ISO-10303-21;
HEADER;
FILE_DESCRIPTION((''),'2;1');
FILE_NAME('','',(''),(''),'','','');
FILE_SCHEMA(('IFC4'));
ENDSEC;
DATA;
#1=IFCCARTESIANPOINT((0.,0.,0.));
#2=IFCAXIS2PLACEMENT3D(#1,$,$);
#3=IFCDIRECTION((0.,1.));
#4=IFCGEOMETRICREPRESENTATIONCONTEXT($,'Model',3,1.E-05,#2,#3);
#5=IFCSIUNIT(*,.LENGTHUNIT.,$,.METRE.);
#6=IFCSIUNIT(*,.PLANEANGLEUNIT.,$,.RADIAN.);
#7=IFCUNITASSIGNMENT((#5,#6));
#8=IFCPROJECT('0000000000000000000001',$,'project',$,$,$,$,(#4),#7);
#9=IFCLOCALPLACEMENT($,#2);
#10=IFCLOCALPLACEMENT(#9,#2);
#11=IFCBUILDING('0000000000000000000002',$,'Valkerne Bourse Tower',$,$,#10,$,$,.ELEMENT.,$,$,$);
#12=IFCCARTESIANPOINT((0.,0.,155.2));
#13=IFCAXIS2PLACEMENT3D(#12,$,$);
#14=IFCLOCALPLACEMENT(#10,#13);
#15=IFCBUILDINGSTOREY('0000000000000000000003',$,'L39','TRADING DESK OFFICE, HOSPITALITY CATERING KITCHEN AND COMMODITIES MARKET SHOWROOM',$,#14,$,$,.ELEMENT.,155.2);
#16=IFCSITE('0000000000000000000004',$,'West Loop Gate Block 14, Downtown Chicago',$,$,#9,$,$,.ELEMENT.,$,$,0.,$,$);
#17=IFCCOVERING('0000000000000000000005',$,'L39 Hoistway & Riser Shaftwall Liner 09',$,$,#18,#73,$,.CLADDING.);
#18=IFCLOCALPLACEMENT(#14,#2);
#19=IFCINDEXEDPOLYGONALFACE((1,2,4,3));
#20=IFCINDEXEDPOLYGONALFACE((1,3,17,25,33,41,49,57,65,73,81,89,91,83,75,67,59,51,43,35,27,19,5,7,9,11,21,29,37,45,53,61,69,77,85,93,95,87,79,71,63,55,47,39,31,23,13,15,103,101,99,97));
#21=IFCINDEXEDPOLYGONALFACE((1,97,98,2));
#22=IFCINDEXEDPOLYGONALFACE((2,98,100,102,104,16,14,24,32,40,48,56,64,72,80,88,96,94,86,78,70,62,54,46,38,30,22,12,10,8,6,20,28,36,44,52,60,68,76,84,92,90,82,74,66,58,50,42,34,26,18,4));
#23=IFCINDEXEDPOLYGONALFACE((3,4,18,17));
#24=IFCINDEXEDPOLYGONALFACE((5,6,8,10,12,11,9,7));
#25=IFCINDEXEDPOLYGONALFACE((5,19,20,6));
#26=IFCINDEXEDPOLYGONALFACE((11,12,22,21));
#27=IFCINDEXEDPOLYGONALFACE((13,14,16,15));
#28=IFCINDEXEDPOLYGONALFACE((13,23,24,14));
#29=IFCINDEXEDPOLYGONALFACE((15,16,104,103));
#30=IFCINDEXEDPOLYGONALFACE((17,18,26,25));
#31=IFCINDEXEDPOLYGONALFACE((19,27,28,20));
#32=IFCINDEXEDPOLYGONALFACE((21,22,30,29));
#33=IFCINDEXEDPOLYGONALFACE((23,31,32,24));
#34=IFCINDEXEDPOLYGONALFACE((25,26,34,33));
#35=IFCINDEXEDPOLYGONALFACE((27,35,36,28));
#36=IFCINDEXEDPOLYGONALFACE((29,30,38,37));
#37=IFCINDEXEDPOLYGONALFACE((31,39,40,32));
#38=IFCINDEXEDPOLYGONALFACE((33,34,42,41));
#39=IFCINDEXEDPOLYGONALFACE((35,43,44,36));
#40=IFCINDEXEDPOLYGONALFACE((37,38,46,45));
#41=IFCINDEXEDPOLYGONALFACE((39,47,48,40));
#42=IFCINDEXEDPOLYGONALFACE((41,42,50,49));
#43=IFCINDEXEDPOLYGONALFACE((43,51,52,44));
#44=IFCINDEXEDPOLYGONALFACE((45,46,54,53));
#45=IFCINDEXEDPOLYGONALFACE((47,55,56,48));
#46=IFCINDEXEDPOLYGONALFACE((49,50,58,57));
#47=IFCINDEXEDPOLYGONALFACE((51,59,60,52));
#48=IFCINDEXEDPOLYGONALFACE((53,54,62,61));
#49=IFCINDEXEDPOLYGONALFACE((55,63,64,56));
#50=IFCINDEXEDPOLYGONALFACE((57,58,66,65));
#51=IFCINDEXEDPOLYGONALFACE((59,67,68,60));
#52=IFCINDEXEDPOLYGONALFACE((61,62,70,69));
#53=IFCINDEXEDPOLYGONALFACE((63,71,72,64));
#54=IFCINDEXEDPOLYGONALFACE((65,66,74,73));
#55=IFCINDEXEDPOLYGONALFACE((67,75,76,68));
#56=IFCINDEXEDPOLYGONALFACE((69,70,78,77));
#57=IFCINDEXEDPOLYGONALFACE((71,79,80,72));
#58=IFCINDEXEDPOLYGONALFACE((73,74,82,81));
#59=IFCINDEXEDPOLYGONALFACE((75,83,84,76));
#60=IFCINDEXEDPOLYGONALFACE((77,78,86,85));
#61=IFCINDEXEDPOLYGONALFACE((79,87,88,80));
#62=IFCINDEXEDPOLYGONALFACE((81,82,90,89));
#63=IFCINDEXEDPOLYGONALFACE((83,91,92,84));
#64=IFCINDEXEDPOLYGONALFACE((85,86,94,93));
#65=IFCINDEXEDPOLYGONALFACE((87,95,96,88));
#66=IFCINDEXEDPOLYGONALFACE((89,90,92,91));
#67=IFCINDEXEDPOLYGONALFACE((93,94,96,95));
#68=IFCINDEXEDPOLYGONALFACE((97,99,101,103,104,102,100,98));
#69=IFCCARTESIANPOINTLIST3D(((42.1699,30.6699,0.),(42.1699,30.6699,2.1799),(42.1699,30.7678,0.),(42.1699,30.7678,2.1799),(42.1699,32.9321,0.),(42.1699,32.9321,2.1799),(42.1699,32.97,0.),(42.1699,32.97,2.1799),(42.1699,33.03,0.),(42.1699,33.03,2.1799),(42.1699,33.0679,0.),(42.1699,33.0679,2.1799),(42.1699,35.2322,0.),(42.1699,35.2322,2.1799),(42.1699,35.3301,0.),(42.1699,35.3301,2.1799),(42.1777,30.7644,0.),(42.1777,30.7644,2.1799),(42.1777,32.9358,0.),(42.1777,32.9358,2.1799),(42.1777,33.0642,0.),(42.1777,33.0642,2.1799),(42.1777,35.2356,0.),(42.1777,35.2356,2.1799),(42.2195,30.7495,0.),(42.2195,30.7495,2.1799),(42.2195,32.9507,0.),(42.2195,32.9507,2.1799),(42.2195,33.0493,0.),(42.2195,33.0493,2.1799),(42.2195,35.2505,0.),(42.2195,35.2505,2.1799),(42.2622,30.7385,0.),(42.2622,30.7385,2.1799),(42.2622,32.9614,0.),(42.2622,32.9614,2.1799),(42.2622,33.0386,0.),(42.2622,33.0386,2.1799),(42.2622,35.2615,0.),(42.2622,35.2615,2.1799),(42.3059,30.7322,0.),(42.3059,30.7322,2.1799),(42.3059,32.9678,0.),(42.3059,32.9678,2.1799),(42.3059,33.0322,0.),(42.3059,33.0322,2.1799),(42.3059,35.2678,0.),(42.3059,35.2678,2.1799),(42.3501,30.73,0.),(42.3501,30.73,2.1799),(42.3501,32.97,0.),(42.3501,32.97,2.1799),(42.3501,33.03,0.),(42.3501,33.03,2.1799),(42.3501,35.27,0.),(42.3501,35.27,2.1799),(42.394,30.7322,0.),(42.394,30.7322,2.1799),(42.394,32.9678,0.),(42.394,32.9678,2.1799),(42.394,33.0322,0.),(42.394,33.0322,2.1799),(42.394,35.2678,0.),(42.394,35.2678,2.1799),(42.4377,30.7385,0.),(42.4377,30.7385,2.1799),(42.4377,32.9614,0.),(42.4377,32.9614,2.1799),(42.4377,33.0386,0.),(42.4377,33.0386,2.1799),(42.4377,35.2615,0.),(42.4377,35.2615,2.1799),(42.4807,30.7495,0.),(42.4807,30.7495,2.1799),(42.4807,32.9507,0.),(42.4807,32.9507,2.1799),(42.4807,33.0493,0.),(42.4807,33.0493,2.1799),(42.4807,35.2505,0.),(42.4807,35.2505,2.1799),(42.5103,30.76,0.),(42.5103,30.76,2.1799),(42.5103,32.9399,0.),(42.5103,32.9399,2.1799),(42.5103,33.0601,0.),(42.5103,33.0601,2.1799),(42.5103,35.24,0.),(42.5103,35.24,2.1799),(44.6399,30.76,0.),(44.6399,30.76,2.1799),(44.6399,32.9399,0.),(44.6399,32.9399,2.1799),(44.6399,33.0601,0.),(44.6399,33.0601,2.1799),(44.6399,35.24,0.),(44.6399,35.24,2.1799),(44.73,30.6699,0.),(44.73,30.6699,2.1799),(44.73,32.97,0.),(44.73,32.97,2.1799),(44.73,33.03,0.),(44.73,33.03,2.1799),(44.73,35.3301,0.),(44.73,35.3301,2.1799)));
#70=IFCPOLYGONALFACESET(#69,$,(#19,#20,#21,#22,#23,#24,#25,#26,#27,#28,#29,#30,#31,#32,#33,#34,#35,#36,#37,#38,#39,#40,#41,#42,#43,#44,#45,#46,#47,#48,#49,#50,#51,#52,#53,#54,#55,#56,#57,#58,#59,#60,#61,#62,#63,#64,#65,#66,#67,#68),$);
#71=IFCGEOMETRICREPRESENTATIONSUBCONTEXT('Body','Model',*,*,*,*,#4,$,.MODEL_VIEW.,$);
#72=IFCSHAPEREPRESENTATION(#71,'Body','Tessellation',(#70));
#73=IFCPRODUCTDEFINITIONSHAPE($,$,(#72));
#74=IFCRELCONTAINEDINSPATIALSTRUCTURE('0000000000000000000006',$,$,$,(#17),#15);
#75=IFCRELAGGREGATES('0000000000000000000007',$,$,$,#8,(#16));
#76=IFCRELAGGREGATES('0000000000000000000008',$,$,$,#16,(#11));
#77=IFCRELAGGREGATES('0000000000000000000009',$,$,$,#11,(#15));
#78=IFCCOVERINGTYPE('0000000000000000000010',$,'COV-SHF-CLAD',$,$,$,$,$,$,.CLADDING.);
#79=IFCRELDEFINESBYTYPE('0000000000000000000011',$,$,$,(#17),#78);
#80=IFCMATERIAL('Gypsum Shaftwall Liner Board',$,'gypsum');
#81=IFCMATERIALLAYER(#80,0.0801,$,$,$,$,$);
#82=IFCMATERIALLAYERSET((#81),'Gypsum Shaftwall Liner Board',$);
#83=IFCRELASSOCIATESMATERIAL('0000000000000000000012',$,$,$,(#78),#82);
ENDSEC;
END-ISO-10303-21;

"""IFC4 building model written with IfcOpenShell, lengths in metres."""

from ifc_helpers import new_model, si_unit, direction, frame, origin, place, context, subcontext, project, spatial, polyline, outline, extrude, material, layer, layer_set, type_object, element, save


model = new_model("IFC4")

# Units and contexts
model_context = context("Model", 3, precision=1e-05, world=origin(), true_north=direction((0.0, 1.0)))
body_context = subcontext(model_context, "Body", "Model", "MODEL_VIEW")
ifc_project = project(units=[si_unit("LENGTHUNIT", "METRE"), si_unit("PLANEANGLEUNIT", "RADIAN")], contexts=[model_context])

# Site, building, storey
site_placement = place(None, origin())
site = spatial("IfcSite", under=ifc_project, at=site_placement, Name="West Loop Gate Block 14, Downtown Chicago", CompositionType="ELEMENT", RefElevation=0.0)
building_placement = place(site_placement, origin())
building = spatial("IfcBuilding", under=site, at=building_placement, Name="Valkerne Bourse Tower", CompositionType="ELEMENT")
storey_placement = place(building_placement, frame((0.0, 0.0, 155.2)))
storey = spatial("IfcBuildingStorey", under=building, at=storey_placement, Name="L39", Description="TRADING DESK OFFICE, HOSPITALITY CATERING KITCHEN AND COMMODITIES MARKET SHOWROOM", CompositionType="ELEMENT", Elevation=155.2)

# Covering
ifc_material_1 = material(Name="Gypsum Shaftwall Liner Board", Category="gypsum")
ifc_layer_1 = layer(ifc_material_1, 0.0801)
ifc_layer_set_1 = layer_set([ifc_layer_1], Name="Gypsum Shaftwall Liner Board")
covering_type_1 = type_object("IfcCoveringType", Name="COV-SHF-CLAD", PredefinedType="CLADDING", material=ifc_layer_set_1)
covering_1_placement = place(storey_placement, origin())
element("IfcCovering", 1, at=covering_1_placement, inside=storey, type_object=covering_type_1, Name="L39 Hoistway & Riser Shaftwall Liner 09", PredefinedType="CLADDING", context=body_context, shape_type="SweptSolid", body=[
    extrude(outline(polyline([(42.1699, 33.0679), (42.1777, 33.0642), (42.2195, 33.0493), (42.2622, 33.0386), (42.3059, 33.0322), (42.3501, 33.03), (42.394, 33.0322), (42.4377, 33.0386), (42.4807, 33.0493), (42.5103, 33.0601), (44.6399, 33.0601), (44.6399, 35.24), (42.5103, 35.24), (42.4807, 35.2505), (42.4377, 35.2615), (42.394, 35.2678), (42.3501, 35.27), (42.3059, 35.2678), (42.2622, 35.2615), (42.2195, 35.2505), (42.1777, 35.2356), (42.1699, 35.2322), (42.1699, 35.3301), (44.73, 35.3301), (44.73, 33.03), (44.73, 32.97), (44.73, 30.6699), (42.1699, 30.6699), (42.1699, 30.7678), (42.1777, 30.7644), (42.2195, 30.7495), (42.2622, 30.7385), (42.3059, 30.7322), (42.3501, 30.73), (42.394, 30.7322), (42.4377, 30.7385), (42.4807, 30.7495), (42.5103, 30.76), (44.6399, 30.76), (44.6399, 32.9399), (42.5103, 32.9399), (42.4807, 32.9507), (42.4377, 32.9614), (42.394, 32.9678), (42.3501, 32.97), (42.3059, 32.9678), (42.2622, 32.9614), (42.2195, 32.9507), (42.1777, 32.9358), (42.1699, 32.9321), (42.1699, 32.97), (42.1699, 33.03), (42.1699, 33.0679)])), origin(), (0.0, 0.0, 1.0), 2.1799),
])

save(model, "model.ifc")
